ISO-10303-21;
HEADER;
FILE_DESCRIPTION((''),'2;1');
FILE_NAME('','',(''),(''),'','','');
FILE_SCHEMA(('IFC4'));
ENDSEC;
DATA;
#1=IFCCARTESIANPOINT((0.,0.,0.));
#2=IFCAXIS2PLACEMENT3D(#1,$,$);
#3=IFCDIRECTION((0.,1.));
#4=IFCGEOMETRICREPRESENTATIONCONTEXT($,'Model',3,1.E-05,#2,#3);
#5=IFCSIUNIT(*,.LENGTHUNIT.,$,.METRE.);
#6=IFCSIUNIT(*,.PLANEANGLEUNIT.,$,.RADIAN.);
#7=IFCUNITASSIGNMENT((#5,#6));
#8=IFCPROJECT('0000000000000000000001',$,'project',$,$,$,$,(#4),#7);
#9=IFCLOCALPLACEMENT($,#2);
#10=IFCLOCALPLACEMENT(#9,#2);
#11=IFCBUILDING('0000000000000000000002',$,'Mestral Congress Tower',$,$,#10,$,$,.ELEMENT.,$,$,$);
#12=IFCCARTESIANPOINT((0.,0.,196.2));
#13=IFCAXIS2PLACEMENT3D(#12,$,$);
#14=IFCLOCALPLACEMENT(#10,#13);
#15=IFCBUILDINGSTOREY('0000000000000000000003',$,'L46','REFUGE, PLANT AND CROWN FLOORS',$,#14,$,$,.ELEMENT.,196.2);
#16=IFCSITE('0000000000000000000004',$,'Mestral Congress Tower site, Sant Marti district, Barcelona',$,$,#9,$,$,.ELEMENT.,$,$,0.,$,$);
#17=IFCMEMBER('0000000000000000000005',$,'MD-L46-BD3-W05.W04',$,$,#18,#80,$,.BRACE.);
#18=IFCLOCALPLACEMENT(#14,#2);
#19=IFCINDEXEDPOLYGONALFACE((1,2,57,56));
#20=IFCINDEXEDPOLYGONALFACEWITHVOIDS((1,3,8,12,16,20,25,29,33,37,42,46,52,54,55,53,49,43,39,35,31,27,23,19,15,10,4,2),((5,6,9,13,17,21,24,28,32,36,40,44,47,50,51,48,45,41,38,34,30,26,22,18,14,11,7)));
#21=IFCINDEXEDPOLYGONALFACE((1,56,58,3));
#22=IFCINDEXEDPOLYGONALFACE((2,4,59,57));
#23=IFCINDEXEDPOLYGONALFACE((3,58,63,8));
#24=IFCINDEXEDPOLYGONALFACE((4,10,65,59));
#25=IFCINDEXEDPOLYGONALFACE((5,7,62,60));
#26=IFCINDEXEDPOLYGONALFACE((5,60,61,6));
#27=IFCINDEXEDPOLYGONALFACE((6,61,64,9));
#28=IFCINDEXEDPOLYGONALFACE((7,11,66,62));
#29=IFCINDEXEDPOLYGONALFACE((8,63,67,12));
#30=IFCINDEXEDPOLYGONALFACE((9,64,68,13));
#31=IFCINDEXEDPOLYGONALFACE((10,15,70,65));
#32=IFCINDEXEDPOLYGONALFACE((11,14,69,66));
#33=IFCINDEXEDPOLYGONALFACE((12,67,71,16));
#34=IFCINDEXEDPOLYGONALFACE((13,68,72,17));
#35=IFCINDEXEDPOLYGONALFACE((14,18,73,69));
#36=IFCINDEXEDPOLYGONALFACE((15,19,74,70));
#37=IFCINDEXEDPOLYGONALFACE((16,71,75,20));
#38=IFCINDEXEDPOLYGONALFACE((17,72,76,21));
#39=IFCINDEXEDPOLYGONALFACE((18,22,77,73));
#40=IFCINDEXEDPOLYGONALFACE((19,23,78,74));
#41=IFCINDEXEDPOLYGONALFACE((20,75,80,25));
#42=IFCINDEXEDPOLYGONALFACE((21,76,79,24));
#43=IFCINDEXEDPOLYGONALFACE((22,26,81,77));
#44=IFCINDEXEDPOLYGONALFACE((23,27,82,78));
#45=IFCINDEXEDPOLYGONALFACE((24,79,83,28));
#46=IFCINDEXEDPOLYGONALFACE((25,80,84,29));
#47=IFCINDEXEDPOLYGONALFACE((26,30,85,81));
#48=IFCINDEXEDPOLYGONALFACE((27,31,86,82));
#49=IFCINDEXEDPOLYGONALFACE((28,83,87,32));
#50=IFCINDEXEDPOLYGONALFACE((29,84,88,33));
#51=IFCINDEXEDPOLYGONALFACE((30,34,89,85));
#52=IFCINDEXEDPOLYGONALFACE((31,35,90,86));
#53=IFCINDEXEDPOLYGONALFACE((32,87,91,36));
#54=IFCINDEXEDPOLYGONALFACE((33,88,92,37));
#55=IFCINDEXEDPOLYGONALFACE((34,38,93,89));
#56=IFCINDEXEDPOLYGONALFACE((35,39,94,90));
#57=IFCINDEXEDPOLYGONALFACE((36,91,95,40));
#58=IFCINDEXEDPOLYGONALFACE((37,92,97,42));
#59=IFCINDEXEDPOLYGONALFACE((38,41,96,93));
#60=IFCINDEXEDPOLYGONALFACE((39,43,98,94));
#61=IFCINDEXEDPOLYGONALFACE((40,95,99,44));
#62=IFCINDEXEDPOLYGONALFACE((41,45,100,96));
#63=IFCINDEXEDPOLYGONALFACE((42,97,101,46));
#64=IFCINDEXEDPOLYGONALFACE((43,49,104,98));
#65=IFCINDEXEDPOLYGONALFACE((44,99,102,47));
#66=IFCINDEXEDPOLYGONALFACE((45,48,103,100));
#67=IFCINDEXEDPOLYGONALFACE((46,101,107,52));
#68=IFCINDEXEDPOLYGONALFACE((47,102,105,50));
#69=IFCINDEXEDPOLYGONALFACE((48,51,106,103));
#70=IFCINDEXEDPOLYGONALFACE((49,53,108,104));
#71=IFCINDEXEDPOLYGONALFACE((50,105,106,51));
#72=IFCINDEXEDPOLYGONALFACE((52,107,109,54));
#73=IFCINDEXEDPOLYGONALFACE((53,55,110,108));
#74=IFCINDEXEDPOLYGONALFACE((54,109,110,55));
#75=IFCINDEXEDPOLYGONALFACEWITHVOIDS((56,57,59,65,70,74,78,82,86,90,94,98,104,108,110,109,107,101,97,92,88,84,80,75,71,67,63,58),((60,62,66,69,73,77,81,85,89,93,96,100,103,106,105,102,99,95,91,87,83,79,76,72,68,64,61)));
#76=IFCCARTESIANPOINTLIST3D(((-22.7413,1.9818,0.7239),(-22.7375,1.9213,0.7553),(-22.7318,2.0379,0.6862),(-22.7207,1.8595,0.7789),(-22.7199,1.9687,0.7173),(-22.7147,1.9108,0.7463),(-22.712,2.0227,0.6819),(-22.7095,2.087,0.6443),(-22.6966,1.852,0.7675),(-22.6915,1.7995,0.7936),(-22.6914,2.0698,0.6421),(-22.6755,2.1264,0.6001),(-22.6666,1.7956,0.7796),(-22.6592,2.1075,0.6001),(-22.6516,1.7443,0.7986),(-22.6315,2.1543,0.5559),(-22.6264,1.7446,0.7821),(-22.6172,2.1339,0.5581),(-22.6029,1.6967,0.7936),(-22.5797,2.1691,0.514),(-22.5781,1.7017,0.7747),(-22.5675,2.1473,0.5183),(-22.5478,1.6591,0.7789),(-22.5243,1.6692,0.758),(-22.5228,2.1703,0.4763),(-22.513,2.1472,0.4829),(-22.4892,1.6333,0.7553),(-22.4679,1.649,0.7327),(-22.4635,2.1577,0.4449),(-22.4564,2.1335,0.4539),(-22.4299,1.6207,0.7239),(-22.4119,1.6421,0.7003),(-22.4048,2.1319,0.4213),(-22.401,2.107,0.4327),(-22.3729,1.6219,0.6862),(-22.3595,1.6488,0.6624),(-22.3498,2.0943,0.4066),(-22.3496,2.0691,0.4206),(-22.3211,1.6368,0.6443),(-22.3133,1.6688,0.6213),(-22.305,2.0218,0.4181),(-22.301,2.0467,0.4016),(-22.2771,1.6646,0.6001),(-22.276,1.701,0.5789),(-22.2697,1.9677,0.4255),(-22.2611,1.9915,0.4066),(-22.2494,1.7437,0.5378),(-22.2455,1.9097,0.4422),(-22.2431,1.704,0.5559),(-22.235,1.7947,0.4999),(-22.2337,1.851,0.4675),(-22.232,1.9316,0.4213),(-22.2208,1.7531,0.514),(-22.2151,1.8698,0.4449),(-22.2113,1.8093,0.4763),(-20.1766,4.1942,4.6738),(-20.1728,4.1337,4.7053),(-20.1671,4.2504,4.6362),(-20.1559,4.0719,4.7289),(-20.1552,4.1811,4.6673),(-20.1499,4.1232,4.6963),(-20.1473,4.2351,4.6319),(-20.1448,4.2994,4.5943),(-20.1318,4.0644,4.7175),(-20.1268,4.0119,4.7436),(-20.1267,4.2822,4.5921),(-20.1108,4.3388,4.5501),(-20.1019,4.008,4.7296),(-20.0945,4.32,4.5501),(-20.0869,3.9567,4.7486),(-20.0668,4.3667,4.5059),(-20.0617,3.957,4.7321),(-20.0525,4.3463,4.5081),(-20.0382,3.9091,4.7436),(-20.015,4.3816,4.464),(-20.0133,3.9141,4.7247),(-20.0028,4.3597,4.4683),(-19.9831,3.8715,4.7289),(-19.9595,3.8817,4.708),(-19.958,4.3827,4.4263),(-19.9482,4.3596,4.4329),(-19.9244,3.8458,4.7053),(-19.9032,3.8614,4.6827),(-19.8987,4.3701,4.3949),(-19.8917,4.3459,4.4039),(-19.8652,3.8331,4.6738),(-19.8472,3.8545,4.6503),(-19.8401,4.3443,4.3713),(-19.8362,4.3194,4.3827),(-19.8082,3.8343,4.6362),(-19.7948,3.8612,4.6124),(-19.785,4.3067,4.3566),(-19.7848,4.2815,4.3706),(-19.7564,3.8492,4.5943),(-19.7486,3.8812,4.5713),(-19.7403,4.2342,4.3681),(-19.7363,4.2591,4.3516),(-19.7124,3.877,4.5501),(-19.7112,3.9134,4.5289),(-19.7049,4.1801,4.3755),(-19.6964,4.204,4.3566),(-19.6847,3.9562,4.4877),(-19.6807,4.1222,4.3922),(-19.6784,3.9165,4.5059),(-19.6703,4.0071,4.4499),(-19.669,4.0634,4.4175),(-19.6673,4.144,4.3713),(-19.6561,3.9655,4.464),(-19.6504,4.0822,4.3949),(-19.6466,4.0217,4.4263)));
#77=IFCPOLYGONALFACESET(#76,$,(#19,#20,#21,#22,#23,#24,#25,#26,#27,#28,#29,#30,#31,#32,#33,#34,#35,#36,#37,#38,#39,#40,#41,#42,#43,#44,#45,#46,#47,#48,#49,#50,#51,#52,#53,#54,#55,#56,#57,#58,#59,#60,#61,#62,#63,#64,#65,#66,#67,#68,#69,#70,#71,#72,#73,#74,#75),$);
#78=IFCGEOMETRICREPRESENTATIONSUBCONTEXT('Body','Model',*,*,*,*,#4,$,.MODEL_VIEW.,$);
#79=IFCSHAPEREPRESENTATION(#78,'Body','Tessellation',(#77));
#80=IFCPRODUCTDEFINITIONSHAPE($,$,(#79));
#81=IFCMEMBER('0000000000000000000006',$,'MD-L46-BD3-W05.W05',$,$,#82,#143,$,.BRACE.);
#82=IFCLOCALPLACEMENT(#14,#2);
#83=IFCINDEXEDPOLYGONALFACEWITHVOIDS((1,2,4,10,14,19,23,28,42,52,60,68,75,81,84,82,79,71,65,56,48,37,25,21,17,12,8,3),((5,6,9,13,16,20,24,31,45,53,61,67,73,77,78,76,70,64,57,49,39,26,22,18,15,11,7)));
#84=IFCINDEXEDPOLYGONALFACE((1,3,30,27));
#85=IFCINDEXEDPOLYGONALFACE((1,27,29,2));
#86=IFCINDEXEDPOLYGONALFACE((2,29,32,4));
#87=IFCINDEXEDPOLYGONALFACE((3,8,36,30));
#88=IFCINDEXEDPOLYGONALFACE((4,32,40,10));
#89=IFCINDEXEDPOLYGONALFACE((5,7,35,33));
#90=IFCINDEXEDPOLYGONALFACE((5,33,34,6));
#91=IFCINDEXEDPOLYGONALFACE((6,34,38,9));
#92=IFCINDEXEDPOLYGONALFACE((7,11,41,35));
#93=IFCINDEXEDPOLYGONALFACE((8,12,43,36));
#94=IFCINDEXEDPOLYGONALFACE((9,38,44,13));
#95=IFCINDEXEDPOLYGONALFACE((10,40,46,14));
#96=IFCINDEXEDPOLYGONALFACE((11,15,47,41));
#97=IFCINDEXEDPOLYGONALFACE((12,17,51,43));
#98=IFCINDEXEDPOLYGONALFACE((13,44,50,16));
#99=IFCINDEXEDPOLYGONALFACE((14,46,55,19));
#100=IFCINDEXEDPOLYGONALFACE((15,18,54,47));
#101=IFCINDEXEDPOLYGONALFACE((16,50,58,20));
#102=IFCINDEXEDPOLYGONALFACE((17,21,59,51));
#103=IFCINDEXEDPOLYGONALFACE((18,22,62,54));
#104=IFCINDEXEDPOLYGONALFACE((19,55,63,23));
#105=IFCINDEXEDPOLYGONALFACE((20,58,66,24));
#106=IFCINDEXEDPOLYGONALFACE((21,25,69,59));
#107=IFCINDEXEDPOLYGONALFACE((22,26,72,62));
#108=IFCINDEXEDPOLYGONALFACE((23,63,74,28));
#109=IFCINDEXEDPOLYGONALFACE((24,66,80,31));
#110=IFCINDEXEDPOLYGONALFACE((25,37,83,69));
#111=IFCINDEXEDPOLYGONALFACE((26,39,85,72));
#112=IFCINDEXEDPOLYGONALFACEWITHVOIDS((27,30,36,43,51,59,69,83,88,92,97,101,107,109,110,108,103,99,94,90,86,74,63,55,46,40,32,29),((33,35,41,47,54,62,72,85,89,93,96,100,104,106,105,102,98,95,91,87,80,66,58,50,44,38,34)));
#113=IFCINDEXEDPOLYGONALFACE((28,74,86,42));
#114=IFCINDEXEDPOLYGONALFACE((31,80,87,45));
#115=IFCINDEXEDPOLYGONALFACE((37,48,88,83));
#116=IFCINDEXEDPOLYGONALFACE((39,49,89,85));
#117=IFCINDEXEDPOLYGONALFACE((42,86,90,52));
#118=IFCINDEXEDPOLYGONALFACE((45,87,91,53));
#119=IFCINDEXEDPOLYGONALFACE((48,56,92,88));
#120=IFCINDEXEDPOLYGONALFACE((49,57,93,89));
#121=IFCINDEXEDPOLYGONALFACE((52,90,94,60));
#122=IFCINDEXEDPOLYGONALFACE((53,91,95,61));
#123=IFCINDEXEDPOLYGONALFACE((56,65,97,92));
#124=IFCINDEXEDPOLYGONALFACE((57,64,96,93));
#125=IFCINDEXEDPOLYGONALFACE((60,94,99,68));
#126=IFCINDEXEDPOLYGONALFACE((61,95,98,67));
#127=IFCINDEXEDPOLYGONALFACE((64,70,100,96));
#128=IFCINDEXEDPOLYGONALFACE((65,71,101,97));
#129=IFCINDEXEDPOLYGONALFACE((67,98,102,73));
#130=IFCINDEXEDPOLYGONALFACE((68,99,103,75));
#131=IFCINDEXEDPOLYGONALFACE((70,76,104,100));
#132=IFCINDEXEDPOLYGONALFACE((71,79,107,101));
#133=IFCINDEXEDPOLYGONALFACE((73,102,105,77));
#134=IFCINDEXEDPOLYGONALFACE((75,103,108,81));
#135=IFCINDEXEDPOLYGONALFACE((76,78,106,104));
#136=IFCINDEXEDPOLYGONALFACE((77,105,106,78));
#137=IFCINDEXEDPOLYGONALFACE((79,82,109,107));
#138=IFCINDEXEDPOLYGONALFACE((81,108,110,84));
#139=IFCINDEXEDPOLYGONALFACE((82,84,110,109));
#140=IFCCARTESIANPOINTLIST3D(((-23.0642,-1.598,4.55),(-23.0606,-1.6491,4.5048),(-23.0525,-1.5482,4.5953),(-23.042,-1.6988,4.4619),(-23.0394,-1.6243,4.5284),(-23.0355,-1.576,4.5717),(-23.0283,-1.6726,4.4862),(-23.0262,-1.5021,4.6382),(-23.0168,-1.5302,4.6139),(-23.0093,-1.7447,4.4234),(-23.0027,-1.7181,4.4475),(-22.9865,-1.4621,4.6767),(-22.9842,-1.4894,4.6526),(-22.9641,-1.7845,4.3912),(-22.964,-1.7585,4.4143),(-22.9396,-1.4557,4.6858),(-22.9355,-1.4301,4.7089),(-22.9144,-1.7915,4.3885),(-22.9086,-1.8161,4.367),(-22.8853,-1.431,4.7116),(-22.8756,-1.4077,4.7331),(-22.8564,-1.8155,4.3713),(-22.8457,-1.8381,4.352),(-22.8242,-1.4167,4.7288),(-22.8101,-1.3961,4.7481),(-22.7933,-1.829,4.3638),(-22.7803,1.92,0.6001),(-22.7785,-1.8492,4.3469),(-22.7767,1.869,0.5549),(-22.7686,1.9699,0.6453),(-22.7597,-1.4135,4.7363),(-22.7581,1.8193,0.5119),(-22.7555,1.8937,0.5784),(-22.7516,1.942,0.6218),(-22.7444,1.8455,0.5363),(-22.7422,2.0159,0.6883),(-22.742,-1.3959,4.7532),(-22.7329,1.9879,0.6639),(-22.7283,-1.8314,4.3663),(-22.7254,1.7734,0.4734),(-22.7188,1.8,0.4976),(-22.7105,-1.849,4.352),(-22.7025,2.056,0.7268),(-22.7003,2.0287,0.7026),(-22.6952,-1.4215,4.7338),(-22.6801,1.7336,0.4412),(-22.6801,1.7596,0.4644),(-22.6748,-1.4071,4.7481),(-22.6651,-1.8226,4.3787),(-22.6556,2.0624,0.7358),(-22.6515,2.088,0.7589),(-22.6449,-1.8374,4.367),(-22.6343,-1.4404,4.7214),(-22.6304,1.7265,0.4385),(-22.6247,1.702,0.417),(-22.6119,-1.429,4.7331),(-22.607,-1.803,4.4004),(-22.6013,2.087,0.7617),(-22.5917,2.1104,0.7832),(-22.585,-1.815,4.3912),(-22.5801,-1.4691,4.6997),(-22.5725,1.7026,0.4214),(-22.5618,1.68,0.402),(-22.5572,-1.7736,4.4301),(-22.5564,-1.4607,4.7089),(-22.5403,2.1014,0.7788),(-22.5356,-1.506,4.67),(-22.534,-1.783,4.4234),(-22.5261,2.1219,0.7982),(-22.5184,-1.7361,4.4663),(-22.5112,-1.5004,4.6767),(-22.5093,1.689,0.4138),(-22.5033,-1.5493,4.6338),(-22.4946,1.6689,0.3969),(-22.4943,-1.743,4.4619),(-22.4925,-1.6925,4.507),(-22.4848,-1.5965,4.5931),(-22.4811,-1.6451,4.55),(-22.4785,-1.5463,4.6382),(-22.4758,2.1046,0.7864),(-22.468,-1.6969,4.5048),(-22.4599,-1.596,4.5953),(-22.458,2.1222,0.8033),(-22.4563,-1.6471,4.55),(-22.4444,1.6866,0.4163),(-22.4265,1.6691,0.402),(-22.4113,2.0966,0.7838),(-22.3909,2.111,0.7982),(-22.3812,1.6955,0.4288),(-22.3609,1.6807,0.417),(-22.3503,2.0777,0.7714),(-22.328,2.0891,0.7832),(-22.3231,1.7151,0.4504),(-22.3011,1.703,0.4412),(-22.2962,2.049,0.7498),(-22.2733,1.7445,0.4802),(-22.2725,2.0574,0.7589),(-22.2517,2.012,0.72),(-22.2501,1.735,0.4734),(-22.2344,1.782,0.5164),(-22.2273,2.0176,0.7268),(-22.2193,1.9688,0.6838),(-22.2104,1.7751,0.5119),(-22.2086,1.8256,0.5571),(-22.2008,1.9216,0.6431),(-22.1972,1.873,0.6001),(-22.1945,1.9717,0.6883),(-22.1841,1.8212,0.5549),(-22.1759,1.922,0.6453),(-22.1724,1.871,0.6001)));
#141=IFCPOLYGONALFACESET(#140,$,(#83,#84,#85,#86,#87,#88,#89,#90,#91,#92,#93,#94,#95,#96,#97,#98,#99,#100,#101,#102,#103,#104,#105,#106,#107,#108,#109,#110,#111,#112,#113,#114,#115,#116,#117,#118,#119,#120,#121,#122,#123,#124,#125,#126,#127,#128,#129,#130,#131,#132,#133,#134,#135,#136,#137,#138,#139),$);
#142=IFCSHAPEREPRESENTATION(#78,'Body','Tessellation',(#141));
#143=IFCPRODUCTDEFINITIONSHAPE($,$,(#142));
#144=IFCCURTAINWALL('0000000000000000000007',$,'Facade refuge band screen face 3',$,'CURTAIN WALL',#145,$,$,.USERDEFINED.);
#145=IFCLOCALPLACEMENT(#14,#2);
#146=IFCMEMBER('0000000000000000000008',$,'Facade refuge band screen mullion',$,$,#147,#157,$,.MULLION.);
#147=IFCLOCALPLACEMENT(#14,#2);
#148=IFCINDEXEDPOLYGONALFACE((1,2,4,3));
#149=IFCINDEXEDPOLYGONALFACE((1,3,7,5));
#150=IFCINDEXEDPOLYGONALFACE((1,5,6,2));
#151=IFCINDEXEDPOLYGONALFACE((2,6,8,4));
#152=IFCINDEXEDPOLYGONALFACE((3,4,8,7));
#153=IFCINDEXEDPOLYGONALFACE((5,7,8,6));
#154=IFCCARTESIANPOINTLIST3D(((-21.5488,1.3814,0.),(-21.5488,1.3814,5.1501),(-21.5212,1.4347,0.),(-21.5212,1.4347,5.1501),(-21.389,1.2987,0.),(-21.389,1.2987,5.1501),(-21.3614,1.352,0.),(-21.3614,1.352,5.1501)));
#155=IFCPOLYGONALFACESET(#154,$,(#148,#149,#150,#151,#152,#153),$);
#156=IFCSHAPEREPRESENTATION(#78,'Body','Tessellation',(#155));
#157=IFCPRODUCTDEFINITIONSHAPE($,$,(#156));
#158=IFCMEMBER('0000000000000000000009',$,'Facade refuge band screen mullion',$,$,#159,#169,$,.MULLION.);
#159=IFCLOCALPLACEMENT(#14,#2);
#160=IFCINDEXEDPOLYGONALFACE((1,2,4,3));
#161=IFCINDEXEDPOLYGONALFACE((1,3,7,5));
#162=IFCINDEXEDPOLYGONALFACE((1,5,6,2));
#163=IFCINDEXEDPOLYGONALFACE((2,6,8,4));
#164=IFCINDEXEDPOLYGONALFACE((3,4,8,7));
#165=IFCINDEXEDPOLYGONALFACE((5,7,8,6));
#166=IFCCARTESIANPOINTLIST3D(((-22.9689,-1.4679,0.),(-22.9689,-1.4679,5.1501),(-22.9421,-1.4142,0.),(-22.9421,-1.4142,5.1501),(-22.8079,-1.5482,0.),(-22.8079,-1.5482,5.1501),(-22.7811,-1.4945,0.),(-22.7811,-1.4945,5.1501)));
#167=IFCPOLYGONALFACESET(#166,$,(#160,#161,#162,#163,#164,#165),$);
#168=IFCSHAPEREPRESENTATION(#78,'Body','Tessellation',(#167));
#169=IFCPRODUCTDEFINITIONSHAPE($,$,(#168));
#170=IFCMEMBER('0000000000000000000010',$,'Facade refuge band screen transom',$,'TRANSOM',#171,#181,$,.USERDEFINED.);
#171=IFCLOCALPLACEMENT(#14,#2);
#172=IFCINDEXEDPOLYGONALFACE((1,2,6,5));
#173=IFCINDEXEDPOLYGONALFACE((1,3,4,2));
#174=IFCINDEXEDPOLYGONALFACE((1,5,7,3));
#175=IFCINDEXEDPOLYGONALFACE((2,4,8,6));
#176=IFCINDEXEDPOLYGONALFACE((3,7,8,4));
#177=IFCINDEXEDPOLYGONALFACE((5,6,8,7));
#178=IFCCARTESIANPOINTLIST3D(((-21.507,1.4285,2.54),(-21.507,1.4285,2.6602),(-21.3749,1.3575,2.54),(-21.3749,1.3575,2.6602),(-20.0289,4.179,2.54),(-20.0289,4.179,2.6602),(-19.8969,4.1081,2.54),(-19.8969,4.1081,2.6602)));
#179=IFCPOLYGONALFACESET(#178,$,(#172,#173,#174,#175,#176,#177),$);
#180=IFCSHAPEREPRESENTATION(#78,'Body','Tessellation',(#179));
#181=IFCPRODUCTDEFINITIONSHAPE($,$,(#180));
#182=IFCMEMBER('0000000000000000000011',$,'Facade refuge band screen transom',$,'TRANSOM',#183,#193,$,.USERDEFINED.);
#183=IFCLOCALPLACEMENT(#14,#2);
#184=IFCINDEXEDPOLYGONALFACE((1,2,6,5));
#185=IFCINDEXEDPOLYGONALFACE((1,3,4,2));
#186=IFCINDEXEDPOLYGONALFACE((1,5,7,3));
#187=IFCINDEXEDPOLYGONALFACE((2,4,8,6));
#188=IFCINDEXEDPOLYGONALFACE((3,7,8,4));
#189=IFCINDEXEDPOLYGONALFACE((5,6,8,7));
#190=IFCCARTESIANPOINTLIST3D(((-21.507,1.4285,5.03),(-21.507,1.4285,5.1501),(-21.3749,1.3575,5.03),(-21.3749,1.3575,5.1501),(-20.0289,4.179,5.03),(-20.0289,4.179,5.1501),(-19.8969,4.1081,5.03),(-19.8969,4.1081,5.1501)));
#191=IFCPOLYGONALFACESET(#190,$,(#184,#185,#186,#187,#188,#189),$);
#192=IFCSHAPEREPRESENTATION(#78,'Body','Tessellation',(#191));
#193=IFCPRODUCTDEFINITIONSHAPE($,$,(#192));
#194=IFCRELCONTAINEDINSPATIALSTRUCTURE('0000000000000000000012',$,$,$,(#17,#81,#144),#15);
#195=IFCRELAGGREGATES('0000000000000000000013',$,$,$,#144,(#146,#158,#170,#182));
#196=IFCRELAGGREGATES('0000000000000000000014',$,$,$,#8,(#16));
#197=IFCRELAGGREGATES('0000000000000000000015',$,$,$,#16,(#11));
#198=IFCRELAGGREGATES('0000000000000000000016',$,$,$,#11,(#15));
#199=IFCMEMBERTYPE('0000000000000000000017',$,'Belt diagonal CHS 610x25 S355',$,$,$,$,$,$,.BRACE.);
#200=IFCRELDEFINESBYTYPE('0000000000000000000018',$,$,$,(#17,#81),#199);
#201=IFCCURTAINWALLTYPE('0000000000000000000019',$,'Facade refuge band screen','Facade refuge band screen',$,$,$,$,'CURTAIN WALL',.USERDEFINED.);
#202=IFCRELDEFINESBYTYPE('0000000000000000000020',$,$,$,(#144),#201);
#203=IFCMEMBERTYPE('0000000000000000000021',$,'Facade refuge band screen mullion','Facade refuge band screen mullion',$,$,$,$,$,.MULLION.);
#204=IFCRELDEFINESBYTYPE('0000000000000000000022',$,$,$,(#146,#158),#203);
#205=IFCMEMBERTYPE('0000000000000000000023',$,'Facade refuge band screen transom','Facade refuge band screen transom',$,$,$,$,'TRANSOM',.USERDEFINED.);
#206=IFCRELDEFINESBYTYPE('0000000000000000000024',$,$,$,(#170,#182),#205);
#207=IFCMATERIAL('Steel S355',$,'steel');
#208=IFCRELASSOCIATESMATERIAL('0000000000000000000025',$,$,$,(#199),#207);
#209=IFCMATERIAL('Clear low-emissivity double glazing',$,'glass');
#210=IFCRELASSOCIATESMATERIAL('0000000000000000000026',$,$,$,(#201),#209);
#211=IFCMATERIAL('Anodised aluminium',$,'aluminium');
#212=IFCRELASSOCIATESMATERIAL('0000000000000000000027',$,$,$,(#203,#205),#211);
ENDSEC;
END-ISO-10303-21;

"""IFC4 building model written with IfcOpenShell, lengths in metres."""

from ifc_helpers import new_model, si_unit, direction, frame, origin, origin_2d, place, context, subcontext, project, spatial, rectangle, hollow_circle, extrude, material, material_profile, profile_set, type_object, element, aggregate, save


model = new_model("IFC4")

# Units and contexts
model_context = context("Model", 3, precision=1e-05, world=origin(), true_north=direction((0.0, 1.0)))
body_context = subcontext(model_context, "Body", "Model", "MODEL_VIEW")
ifc_project = project(units=[si_unit("LENGTHUNIT", "METRE"), si_unit("PLANEANGLEUNIT", "RADIAN")], contexts=[model_context])

# Site, building, storey
site_placement = place(None, origin())
site = spatial("IfcSite", under=ifc_project, at=site_placement, Name="Mestral Congress Tower site, Sant Marti district, Barcelona", CompositionType="ELEMENT", RefElevation=0.0)
building_placement = place(site_placement, origin())
building = spatial("IfcBuilding", under=site, at=building_placement, Name="Mestral Congress Tower", CompositionType="ELEMENT")
storey_placement = place(building_placement, frame((0.0, 0.0, 196.2)))
storey = spatial("IfcBuildingStorey", under=building, at=storey_placement, Name="L46", Description="REFUGE, PLANT AND CROWN FLOORS", CompositionType="ELEMENT", Elevation=196.2)

# Members
ifc_material_1 = material(Name="Steel S355", Category="steel")
ifc_material_profile_1 = material_profile(ifc_material_1, hollow_circle(Radius=0.3049, WallThickness=0.0249, at=origin_2d()), Name="CHS 610x25")
ifc_profile_set_1 = profile_set([ifc_material_profile_1], Name="Steel S355")
member_type_1 = type_object("IfcMemberType", Name="Belt diagonal CHS 610x25 S355", PredefinedType="BRACE", material=ifc_profile_set_1)
member_1_placement = place(storey_placement, frame((-22.4763, 1.8955, 0.6001), z_axis=(0.492897, 0.425191, 0.759122), x_axis=(-0.653186, 0.757197, 0.0)))
element("IfcMember", 1, at=member_1_placement, inside=storey, type_object=member_type_1, Name="MD-L46-BD3-W05.W04", PredefinedType="BRACE", context=body_context, shape_type="SweptSolid", body=[
    extrude(hollow_circle(Radius=0.3049, WallThickness=0.0249, at=origin_2d()), origin(), (0.0, 0.0, 1.0), 5.2034),
])
member_2_placement = place(storey_placement, frame((-22.4763, 1.8955, 0.6001), z_axis=(-0.053602, -0.664146, 0.745678), x_axis=(0.996759, -0.080446, 0.0)))
element("IfcMember", 2, at=member_2_placement, inside=storey, type_object=member_type_1, Name="MD-L46-BD3-W05.W05", PredefinedType="BRACE", context=body_context, shape_type="SweptSolid", body=[
    extrude(hollow_circle(Radius=0.3049, WallThickness=0.0249, at=origin_2d()), origin(), (0.0, 0.0, 1.0), 5.2971),
])

# Curtain wall, members
ifc_material_2 = material(Name="Clear low-emissivity double glazing", Category="glass")
curtain_wall_type = type_object("IfcCurtainWallType", Name="Facade refuge band screen", Description="Facade refuge band screen", ElementType="CURTAIN WALL", PredefinedType="USERDEFINED", material=ifc_material_2)
curtain_wall_placement = place(storey_placement, origin())
curtain_wall = element("IfcCurtainWall", 3, at=curtain_wall_placement, inside=storey, type_object=curtain_wall_type, Name="Facade refuge band screen face 3", ObjectType="CURTAIN WALL", PredefinedType="USERDEFINED")
ifc_material_3 = material(Name="Anodised aluminium", Category="aluminium")
ifc_material_profile_2 = material_profile(ifc_material_3, rectangle(XDim=0.1799, YDim=0.0601, at=origin_2d()), Name="CW3 mullion 180 x 60")
ifc_profile_set_2 = profile_set([ifc_material_profile_2], Name="Anodised aluminium")
member_type_2 = type_object("IfcMemberType", Name="Facade refuge band screen mullion", Description="Facade refuge band screen mullion", PredefinedType="MULLION", material=ifc_profile_set_2)
member_3_placement = place(storey_placement, frame((-21.4551, 1.3667, 0.0), z_axis=(0.0, 0.0, 1.0), x_axis=(-0.888003, 0.459837, 0.0)))
member_3 = element("IfcMember", 4, at=member_3_placement, type_object=member_type_2, Name="Facade refuge band screen mullion", PredefinedType="MULLION", context=body_context, shape_type="SweptSolid", body=[
    extrude(rectangle(XDim=0.1799, YDim=0.0601, at=origin_2d()), origin(), (0.0, 0.0, 1.0), 5.1501),
])
member_4_placement = place(storey_placement, frame((-22.875, -1.4812, 0.0), z_axis=(0.0, 0.0, 1.0), x_axis=(-0.894918, 0.446231, 0.0)))
member_4 = element("IfcMember", 5, at=member_4_placement, type_object=member_type_2, Name="Facade refuge band screen mullion", PredefinedType="MULLION", context=body_context, shape_type="SweptSolid", body=[
    extrude(rectangle(XDim=0.1799, YDim=0.0601, at=origin_2d()), origin(), (0.0, 0.0, 1.0), 5.1501),
])
ifc_material_profile_3 = material_profile(ifc_material_3, rectangle(XDim=0.1499, YDim=0.1201, at=origin_2d()), Name="CW3 transom 150 x 120")
ifc_profile_set_3 = profile_set([ifc_material_profile_3], Name="Anodised aluminium")
member_type_3 = type_object("IfcMemberType", Name="Facade refuge band screen transom", Description="Facade refuge band screen transom", ElementType="TRANSOM", PredefinedType="USERDEFINED", material=ifc_profile_set_3)
member_5_placement = place(storey_placement, frame((-19.9629, 4.1436, 2.6001), z_axis=(-0.473354, -0.880872, 0.0), x_axis=(0.880872, -0.473354, 0.0)))
member_5 = element("IfcMember", 6, at=member_5_placement, type_object=member_type_3, Name="Facade refuge band screen transom", ObjectType="TRANSOM", PredefinedType="USERDEFINED", context=body_context, shape_type="SweptSolid", body=[
    extrude(rectangle(XDim=0.1499, YDim=0.1201, at=origin_2d()), origin(), (0.0, 0.0, 1.0), 3.1226),
])
member_6_placement = place(storey_placement, frame((-19.9629, 4.1436, 5.0901), z_axis=(-0.473354, -0.880872, 0.0), x_axis=(0.880872, -0.473354, 0.0)))
member_6 = element("IfcMember", 7, at=member_6_placement, type_object=member_type_3, Name="Facade refuge band screen transom", ObjectType="TRANSOM", PredefinedType="USERDEFINED", context=body_context, shape_type="SweptSolid", body=[
    extrude(rectangle(XDim=0.1499, YDim=0.1201, at=origin_2d()), origin(), (0.0, 0.0, 1.0), 3.1226),
])

aggregate(curtain_wall, [member_3, member_4, member_5, member_6])

save(model, "model.ifc")
